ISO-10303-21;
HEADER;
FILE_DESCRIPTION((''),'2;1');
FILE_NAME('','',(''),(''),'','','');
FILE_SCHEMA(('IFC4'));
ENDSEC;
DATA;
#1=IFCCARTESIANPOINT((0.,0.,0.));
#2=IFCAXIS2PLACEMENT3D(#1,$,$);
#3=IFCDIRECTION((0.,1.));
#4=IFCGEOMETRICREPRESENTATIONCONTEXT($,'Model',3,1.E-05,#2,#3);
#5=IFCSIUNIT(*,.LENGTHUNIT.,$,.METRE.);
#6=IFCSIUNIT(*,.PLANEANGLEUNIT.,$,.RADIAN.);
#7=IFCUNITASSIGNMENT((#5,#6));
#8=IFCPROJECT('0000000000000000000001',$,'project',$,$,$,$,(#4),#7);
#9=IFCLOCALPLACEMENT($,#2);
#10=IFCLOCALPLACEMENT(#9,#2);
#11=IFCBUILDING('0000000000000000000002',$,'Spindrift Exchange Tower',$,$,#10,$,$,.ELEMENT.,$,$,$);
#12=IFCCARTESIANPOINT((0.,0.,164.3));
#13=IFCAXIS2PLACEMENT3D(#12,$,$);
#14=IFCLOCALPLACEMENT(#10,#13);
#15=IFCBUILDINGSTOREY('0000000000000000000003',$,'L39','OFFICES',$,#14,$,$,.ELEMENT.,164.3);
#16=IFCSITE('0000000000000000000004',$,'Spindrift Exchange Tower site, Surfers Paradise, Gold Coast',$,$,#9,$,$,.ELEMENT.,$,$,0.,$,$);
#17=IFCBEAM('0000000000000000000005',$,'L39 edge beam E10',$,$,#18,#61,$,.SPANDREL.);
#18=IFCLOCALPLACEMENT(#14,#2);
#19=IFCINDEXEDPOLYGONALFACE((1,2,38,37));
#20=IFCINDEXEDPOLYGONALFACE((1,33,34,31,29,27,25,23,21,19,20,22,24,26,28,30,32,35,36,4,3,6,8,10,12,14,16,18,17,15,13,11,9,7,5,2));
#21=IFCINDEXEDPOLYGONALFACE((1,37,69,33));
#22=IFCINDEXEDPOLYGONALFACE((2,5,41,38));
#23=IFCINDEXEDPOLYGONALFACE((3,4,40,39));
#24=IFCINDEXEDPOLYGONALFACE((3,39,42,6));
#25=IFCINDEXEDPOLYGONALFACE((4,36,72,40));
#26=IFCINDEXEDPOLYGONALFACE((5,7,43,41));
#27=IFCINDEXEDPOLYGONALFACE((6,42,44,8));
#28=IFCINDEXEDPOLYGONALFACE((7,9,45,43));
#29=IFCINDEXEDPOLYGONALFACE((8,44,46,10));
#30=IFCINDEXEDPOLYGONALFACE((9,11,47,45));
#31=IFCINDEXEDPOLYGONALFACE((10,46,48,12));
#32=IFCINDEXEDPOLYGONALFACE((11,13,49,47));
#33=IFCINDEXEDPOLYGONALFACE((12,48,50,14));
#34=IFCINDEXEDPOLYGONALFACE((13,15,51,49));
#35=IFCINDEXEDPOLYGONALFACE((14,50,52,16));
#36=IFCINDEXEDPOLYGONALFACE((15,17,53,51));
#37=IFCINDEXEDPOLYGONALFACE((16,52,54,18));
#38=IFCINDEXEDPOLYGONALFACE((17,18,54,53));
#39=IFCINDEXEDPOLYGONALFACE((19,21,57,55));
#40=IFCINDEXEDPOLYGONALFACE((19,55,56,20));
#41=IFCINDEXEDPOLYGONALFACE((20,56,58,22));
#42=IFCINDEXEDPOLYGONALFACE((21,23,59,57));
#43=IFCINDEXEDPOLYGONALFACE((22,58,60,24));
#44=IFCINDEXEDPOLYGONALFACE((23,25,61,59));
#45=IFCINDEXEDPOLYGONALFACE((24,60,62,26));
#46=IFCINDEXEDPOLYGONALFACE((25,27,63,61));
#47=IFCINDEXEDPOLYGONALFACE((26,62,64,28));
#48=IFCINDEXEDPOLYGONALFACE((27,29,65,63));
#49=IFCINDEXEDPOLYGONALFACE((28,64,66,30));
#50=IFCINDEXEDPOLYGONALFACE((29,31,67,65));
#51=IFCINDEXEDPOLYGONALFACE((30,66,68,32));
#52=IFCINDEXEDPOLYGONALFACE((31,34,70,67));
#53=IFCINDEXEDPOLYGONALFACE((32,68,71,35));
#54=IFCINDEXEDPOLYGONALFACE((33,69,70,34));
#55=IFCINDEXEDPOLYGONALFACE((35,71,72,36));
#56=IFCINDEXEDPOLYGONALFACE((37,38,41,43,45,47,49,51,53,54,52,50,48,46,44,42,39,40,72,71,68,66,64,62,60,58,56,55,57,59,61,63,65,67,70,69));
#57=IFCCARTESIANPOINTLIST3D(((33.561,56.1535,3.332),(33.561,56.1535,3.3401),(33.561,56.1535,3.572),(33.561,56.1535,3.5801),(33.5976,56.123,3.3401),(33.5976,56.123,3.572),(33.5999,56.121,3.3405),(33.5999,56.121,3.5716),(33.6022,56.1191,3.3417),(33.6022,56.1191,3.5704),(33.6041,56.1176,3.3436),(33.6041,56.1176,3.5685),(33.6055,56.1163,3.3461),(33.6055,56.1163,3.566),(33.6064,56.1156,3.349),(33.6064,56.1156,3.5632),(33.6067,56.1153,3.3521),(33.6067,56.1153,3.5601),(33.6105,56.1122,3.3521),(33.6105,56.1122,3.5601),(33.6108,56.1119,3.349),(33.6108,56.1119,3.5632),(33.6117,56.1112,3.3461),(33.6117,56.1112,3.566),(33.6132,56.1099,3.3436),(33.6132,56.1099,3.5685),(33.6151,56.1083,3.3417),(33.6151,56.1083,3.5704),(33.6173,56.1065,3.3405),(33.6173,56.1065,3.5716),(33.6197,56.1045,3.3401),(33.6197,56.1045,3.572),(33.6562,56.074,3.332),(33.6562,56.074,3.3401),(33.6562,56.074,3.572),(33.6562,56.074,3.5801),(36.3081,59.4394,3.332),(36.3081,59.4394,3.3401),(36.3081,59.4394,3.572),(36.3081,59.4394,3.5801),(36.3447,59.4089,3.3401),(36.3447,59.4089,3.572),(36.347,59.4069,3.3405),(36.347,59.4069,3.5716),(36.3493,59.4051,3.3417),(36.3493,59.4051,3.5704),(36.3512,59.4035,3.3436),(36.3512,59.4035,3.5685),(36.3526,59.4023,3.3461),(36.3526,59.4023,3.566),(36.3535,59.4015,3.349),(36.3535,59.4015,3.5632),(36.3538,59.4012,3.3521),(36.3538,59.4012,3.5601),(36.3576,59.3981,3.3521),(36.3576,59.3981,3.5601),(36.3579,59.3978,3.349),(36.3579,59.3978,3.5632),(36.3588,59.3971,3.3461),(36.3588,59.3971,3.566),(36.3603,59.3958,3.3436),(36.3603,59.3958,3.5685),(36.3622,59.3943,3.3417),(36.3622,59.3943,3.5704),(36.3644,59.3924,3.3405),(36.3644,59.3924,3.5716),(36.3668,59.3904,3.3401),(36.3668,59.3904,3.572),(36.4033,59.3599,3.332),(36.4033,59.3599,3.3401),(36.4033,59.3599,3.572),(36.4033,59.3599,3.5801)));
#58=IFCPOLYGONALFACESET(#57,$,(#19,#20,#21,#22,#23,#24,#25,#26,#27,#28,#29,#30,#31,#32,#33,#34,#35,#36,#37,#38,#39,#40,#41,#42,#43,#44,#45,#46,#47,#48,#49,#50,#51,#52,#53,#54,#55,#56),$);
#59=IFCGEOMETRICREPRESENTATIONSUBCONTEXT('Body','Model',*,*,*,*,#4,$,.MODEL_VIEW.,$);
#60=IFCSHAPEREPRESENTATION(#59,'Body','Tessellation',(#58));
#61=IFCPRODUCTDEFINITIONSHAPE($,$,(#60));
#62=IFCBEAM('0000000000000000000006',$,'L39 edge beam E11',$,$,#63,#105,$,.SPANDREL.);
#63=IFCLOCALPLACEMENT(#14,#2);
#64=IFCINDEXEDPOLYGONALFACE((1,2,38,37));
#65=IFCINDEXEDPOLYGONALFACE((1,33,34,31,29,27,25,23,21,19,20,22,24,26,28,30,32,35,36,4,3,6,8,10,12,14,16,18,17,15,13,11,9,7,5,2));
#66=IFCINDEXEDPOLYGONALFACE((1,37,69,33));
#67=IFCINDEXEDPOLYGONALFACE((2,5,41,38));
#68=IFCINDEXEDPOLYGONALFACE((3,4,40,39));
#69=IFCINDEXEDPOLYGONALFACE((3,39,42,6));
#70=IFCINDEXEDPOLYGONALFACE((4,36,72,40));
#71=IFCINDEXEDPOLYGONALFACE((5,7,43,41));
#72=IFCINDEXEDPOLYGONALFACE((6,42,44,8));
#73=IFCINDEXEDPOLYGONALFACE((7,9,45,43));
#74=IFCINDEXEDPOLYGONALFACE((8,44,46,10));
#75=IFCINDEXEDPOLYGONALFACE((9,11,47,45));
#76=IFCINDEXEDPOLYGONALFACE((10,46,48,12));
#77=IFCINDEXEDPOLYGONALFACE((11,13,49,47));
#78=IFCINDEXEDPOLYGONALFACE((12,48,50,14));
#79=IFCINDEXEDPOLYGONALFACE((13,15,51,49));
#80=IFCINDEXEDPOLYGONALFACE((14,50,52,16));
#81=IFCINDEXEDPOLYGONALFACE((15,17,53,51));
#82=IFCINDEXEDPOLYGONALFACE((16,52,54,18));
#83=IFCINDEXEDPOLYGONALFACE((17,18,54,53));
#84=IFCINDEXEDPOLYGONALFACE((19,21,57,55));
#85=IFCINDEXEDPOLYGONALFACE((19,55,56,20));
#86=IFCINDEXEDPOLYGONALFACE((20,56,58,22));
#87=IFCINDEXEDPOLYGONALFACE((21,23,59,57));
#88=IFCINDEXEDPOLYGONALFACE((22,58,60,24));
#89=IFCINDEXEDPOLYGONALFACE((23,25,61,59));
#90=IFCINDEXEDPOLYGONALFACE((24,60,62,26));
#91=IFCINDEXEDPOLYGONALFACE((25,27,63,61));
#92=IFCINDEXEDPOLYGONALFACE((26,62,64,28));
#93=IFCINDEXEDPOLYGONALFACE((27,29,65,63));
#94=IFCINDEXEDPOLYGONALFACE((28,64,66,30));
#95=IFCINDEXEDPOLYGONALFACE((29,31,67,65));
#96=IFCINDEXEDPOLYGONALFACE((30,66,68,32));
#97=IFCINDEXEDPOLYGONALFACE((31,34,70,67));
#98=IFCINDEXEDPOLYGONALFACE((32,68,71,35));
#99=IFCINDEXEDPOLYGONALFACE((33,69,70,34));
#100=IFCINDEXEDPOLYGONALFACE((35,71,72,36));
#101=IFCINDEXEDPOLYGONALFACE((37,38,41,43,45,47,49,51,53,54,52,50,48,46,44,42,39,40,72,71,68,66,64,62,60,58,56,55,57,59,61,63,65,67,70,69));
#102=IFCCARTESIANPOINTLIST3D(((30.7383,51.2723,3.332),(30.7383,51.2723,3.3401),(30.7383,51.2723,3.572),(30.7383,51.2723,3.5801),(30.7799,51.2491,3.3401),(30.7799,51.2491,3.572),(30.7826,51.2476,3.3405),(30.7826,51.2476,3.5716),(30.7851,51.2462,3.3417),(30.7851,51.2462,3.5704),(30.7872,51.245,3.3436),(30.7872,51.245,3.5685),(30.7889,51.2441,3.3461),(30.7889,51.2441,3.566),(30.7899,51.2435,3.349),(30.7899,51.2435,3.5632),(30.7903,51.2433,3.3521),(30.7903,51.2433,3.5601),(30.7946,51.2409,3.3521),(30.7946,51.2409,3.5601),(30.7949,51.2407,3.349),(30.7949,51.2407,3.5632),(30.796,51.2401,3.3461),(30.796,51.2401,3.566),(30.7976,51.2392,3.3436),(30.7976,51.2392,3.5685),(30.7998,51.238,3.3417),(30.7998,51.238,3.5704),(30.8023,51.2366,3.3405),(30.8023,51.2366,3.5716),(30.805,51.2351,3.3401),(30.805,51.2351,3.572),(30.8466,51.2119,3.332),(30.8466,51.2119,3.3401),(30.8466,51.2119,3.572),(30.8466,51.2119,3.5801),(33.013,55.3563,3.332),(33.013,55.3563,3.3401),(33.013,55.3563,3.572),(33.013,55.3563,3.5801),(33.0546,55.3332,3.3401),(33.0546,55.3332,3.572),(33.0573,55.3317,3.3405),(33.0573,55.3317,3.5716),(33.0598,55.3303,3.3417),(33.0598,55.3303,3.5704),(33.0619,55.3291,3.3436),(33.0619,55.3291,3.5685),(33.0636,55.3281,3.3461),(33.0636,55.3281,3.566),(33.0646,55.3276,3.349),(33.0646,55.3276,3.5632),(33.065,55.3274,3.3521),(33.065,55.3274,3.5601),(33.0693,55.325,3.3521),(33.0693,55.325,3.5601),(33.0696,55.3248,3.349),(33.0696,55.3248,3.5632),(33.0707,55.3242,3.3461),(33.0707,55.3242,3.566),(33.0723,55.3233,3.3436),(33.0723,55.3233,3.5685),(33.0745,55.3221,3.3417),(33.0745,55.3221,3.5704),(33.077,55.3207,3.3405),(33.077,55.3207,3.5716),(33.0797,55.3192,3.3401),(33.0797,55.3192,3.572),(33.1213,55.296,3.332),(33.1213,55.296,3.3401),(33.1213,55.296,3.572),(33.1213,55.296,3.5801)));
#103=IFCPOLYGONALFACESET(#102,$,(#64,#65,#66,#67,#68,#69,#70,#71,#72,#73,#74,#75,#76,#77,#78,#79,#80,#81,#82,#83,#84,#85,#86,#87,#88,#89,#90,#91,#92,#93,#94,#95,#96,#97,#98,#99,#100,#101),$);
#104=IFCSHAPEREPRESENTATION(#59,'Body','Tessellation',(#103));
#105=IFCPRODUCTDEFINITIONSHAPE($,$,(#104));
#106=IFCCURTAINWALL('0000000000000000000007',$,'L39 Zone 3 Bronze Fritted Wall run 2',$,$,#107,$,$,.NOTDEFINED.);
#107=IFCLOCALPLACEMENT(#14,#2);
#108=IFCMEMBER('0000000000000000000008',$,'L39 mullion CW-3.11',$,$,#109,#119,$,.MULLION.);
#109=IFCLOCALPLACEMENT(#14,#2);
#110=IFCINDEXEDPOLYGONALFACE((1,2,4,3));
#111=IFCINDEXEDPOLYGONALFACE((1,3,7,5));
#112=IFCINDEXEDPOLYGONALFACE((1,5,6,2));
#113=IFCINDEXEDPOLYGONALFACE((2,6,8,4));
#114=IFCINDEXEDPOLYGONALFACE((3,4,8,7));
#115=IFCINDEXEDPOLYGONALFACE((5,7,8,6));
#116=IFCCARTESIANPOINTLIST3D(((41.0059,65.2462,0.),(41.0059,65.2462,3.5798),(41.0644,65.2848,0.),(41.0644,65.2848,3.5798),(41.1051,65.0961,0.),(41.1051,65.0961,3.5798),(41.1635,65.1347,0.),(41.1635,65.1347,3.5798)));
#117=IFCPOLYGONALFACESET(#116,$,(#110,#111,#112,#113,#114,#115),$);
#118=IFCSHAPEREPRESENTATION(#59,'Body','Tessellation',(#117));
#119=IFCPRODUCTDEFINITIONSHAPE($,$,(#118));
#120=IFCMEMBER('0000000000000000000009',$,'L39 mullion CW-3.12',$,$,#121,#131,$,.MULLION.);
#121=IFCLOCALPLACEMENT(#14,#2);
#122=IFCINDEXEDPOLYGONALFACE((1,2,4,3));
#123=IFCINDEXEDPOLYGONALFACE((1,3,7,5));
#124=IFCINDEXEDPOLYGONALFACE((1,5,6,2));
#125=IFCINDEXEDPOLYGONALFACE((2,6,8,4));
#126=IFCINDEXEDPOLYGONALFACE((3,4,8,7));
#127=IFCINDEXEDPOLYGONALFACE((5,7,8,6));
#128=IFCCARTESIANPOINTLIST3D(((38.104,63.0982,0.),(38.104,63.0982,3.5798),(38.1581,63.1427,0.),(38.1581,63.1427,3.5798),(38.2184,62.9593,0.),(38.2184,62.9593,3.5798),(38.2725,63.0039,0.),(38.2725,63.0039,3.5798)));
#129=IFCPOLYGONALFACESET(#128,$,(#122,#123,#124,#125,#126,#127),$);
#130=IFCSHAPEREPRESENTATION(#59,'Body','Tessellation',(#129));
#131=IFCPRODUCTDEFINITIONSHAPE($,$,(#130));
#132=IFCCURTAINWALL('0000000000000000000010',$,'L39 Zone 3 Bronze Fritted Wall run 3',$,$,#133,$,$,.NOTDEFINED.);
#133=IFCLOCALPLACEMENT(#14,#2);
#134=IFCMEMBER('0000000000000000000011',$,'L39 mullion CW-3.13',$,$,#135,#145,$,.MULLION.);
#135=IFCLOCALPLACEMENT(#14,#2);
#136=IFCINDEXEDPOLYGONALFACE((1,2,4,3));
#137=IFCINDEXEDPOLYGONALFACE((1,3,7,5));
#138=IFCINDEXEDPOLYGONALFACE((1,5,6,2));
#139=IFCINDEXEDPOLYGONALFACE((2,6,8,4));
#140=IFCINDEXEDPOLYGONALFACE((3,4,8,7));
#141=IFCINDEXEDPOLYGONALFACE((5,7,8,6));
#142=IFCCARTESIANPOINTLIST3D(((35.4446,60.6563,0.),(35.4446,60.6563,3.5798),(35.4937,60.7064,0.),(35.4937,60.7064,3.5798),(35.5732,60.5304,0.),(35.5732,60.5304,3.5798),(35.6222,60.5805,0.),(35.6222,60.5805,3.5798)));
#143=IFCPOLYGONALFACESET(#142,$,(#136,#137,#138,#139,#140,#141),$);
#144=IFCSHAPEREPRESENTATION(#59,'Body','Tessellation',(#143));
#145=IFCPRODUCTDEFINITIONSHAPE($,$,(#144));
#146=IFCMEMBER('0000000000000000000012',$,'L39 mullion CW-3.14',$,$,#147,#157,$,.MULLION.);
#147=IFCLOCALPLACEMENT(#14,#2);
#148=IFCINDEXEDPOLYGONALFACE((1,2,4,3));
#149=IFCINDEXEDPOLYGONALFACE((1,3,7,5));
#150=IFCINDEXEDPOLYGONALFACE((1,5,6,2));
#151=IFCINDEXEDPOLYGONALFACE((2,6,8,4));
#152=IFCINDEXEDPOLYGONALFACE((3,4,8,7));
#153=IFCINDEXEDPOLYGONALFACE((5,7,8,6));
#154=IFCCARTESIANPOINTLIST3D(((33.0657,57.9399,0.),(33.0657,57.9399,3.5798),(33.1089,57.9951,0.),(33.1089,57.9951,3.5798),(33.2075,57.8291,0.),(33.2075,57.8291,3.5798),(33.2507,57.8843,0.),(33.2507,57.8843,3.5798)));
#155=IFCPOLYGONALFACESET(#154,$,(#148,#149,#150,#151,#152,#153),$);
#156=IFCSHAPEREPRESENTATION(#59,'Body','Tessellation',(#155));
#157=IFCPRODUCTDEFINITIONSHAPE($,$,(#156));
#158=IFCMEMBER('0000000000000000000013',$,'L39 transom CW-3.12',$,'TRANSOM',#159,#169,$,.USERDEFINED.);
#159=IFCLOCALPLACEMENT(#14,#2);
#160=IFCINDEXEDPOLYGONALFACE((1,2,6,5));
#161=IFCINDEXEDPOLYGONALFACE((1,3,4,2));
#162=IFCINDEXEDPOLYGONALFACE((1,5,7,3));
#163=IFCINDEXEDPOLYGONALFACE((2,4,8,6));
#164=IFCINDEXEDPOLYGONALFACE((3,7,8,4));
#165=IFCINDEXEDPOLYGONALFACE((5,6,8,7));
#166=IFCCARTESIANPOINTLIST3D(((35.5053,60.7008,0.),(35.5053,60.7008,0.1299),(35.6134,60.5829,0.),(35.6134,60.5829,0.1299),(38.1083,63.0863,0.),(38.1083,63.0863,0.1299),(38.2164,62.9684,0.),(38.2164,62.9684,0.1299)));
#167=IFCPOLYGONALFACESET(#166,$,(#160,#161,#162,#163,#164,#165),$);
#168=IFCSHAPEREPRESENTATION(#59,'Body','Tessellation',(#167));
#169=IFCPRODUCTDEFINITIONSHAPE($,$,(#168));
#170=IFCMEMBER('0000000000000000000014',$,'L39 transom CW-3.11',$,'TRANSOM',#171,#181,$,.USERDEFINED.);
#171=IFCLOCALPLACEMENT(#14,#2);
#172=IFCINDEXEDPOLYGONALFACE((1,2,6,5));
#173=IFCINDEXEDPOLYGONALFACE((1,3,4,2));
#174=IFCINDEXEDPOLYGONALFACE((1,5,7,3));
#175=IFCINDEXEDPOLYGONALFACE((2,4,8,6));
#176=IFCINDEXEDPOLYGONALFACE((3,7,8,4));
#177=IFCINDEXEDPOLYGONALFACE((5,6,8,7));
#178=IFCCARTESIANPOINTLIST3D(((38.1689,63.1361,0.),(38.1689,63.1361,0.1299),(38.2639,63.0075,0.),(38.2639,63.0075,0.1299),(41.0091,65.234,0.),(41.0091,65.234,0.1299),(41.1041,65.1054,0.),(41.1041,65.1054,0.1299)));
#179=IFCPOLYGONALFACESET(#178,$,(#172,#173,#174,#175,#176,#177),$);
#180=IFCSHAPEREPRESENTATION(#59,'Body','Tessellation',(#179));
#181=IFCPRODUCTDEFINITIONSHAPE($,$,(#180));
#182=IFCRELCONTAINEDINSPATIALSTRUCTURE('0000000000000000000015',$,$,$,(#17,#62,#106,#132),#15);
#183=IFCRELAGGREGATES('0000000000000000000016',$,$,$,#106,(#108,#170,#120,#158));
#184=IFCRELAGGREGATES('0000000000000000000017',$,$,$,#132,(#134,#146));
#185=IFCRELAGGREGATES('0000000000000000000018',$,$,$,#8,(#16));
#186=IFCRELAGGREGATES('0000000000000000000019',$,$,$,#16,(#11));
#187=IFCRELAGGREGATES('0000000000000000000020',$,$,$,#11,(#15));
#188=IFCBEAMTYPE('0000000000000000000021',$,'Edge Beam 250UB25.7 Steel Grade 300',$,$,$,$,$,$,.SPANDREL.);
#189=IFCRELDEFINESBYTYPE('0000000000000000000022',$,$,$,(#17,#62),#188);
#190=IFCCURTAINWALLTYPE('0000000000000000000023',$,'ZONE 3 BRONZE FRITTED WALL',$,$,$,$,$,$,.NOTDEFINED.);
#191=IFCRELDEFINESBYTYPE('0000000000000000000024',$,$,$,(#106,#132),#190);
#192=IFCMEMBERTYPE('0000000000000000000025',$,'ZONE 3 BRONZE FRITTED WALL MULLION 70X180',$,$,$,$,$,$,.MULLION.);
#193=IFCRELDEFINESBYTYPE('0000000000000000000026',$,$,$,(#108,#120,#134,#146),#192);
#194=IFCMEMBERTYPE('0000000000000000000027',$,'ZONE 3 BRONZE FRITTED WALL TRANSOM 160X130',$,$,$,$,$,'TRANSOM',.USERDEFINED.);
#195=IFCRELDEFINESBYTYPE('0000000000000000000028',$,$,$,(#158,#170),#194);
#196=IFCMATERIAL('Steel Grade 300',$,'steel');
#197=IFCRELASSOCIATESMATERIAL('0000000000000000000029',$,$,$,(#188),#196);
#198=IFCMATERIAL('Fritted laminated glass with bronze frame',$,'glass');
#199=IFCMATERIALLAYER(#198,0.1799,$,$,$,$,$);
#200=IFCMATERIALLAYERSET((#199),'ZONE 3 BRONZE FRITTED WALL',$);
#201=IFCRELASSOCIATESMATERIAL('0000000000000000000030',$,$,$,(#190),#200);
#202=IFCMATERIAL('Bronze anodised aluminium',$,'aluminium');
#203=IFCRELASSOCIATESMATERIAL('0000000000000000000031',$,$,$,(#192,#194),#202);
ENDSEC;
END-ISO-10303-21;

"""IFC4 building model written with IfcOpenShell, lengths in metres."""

from ifc_helpers import new_model, si_unit, direction, frame, origin, origin_2d, place, context, subcontext, project, spatial, rectangle, i_section, extrude, source, transform, mapped, material, layer, layer_set, material_profile, profile_set, type_object, element, aggregate, save


model = new_model("IFC4")

# Units and contexts
model_context = context("Model", 3, precision=1e-05, world=origin(), true_north=direction((0.0, 1.0)))
body_context = subcontext(model_context, "Body", "Model", "MODEL_VIEW")
ifc_project = project(units=[si_unit("LENGTHUNIT", "METRE"), si_unit("PLANEANGLEUNIT", "RADIAN")], contexts=[model_context])

# Site, building, storey
site_placement = place(None, origin())
site = spatial("IfcSite", under=ifc_project, at=site_placement, Name="Spindrift Exchange Tower site, Surfers Paradise, Gold Coast", CompositionType="ELEMENT", RefElevation=0.0)
building_placement = place(site_placement, origin())
building = spatial("IfcBuilding", under=site, at=building_placement, Name="Spindrift Exchange Tower", CompositionType="ELEMENT")
storey_placement = place(building_placement, frame((0.0, 0.0, 164.3)))
storey = spatial("IfcBuildingStorey", under=building, at=storey_placement, Name="L39", Description="OFFICES", CompositionType="ELEMENT", Elevation=164.3)

# Beams
ifc_material_1 = material(Name="Steel Grade 300", Category="steel")
ifc_material_profile_1 = material_profile(ifc_material_1, i_section(OverallWidth=0.124, OverallDepth=0.248, WebThickness=0.0049, FlangeThickness=0.0081, FilletRadius=0.012, at=origin_2d()), Name="250UB25.7")
ifc_profile_set_1 = profile_set([ifc_material_profile_1], Name="Steel Grade 300")
beam_type = type_object("IfcBeamType", Name="Edge Beam 250UB25.7 Steel Grade 300", PredefinedType="SPANDREL", material=ifc_profile_set_1)
shared_shape_1 = source(origin(), body_context, "Body", "SweptSolid", [
    extrude(i_section(OverallWidth=0.124, OverallDepth=0.248, WebThickness=0.0049, FlangeThickness=0.0081, FilletRadius=0.012, at=origin_2d()), origin(), (0.0, 0.0, 1.0), 4.283),
])
beam_1_placement = place(storey_placement, frame((36.3557, 59.3997, 3.4561), z_axis=(-0.6414, -0.767206, 0.0), x_axis=(0.767206, -0.6414, 0.0)))
element("IfcBeam", 1, at=beam_1_placement, inside=storey, type_object=beam_type, Name="L39 edge beam E10", PredefinedType="SPANDREL", context=body_context, shape_type="MappedRepresentation", body=[
    mapped(shared_shape_1, transform((0.0, 0.0, 0.0), scale=1.0)),
])
shared_shape_2 = source(origin(), body_context, "Body", "SweptSolid", [
    extrude(i_section(OverallWidth=0.124, OverallDepth=0.248, WebThickness=0.0049, FlangeThickness=0.0081, FilletRadius=0.012, at=origin_2d()), origin(), (0.0, 0.0, 1.0), 4.6748),
])
beam_2_placement = place(storey_placement, frame((33.0671, 55.3262, 3.4561), z_axis=(-0.486587, -0.873632, 0.0), x_axis=(0.873632, -0.486587, 0.0)))
element("IfcBeam", 2, at=beam_2_placement, inside=storey, type_object=beam_type, Name="L39 edge beam E11", PredefinedType="SPANDREL", context=body_context, shape_type="MappedRepresentation", body=[
    mapped(shared_shape_2, transform((0.0, 0.0, 0.0), scale=1.0)),
])

# Curtain walls, members
ifc_material_2 = material(Name="Fritted laminated glass with bronze frame", Category="glass")
ifc_layer_1 = layer(ifc_material_2, 0.1799)
ifc_layer_set_1 = layer_set([ifc_layer_1], Name="ZONE 3 BRONZE FRITTED WALL")
curtain_wall_type = type_object("IfcCurtainWallType", Name="ZONE 3 BRONZE FRITTED WALL", PredefinedType="NOTDEFINED", material=ifc_layer_set_1)
curtain_wall_1_placement = place(storey_placement, origin())
curtain_wall_1 = element("IfcCurtainWall", 3, at=curtain_wall_1_placement, inside=storey, type_object=curtain_wall_type, Name="L39 Zone 3 Bronze Fritted Wall run 2", PredefinedType="NOTDEFINED")
ifc_material_3 = material(Name="Bronze anodised aluminium", Category="aluminium")
ifc_material_profile_2 = material_profile(ifc_material_3, rectangle(XDim=0.0701, YDim=0.1799, at=origin_2d()), Name="ZONE 3 BRONZE FRITTED WALL MULLION 70X180")
ifc_profile_set_2 = profile_set([ifc_material_profile_2], Name="Bronze anodised aluminium")
member_type_1 = type_object("IfcMemberType", Name="ZONE 3 BRONZE FRITTED WALL MULLION 70X180", PredefinedType="MULLION", material=ifc_profile_set_2)
shared_shape_3 = source(origin(), body_context, "Body", "SweptSolid", [
    extrude(rectangle(XDim=0.0701, YDim=0.1799, at=origin_2d()), origin(), (0.0, 0.0, 1.0), 3.5798),
])
member_1_placement = place(storey_placement, frame((41.0847, 65.1904, 0.0), z_axis=(0.0, 0.0, 1.0), x_axis=(-0.834443, -0.551094, 0.0)))
member_1 = element("IfcMember", 4, at=member_1_placement, type_object=member_type_1, Name="L39 mullion CW-3.11", PredefinedType="MULLION", context=body_context, shape_type="MappedRepresentation", body=[
    mapped(shared_shape_3, transform((0.0, 0.0, 0.0), scale=1.0)),
])
member_2_placement = place(storey_placement, frame((38.1882, 63.051, 0.0), z_axis=(0.0, 0.0, 1.0), x_axis=(-0.771893, -0.635752, 0.0)))
member_2 = element("IfcMember", 5, at=member_2_placement, type_object=member_type_1, Name="L39 mullion CW-3.12", PredefinedType="MULLION", context=body_context, shape_type="MappedRepresentation", body=[
    mapped(shared_shape_3, transform((0.0, 0.0, 0.0), scale=1.0)),
])
curtain_wall_2_placement = place(storey_placement, origin())
curtain_wall_2 = element("IfcCurtainWall", 6, at=curtain_wall_2_placement, inside=storey, type_object=curtain_wall_type, Name="L39 Zone 3 Bronze Fritted Wall run 3", PredefinedType="NOTDEFINED")
member_3_placement = place(storey_placement, frame((35.5334, 60.6184, 0.0), z_axis=(0.0, 0.0, 1.0), x_axis=(-0.699493, -0.71464, 0.0)))
member_3 = element("IfcMember", 7, at=member_3_placement, type_object=member_type_1, Name="L39 mullion CW-3.13", PredefinedType="MULLION", context=body_context, shape_type="MappedRepresentation", body=[
    mapped(shared_shape_3, transform((0.0, 0.0, 0.0), scale=1.0)),
])
member_4_placement = place(storey_placement, frame((33.1582, 57.9121, 0.0), z_axis=(0.0, 0.0, 1.0), x_axis=(-0.615635, -0.788032, 0.0)))
member_4 = element("IfcMember", 8, at=member_4_placement, type_object=member_type_1, Name="L39 mullion CW-3.14", PredefinedType="MULLION", context=body_context, shape_type="MappedRepresentation", body=[
    mapped(shared_shape_3, transform((0.0, 0.0, 0.0), scale=1.0)),
])

# Members
ifc_material_profile_3 = material_profile(ifc_material_3, rectangle(XDim=0.1599, YDim=0.1299, at=origin_2d()), Name="ZONE 3 BRONZE FRITTED WALL TRANSOM 160X130")
ifc_profile_set_3 = profile_set([ifc_material_profile_3], Name="Bronze anodised aluminium")
member_type_2 = type_object("IfcMemberType", Name="ZONE 3 BRONZE FRITTED WALL TRANSOM 160X130", ElementType="TRANSOM", PredefinedType="USERDEFINED", material=ifc_profile_set_3)
shared_shape_4 = source(origin(), body_context, "Body", "SweptSolid", [
    extrude(rectangle(XDim=0.1599, YDim=0.1299, at=origin_2d()), origin(), (0.0, 0.0, 1.0), 3.5308),
])
member_5_placement = place(storey_placement, frame((38.1624, 63.0273, 0.0649), z_axis=(-0.73724, -0.675631, 0.0), x_axis=(0.675631, -0.73724, 0.0)))
member_5 = element("IfcMember", 9, at=member_5_placement, type_object=member_type_2, Name="L39 transom CW-3.12", ObjectType="TRANSOM", PredefinedType="USERDEFINED", context=body_context, shape_type="MappedRepresentation", body=[
    mapped(shared_shape_4, transform((0.0, 0.0, 0.0), scale=1.0)),
])
shared_shape_5 = source(origin(), body_context, "Body", "SweptSolid", [
    extrude(rectangle(XDim=0.1599, YDim=0.1299, at=origin_2d()), origin(), (0.0, 0.0, 1.0), 3.531),
])
member_6_placement = place(storey_placement, frame((41.0566, 65.1697, 0.0649), z_axis=(-0.804376, -0.594121, 0.0), x_axis=(0.594121, -0.804376, 0.0)))
member_6 = element("IfcMember", 10, at=member_6_placement, type_object=member_type_2, Name="L39 transom CW-3.11", ObjectType="TRANSOM", PredefinedType="USERDEFINED", context=body_context, shape_type="MappedRepresentation", body=[
    mapped(shared_shape_5, transform((0.0, 0.0, 0.0), scale=1.0)),
])

aggregate(curtain_wall_1, [member_1, member_6, member_2, member_5])
aggregate(curtain_wall_2, [member_3, member_4])

save(model, "model.ifc")
